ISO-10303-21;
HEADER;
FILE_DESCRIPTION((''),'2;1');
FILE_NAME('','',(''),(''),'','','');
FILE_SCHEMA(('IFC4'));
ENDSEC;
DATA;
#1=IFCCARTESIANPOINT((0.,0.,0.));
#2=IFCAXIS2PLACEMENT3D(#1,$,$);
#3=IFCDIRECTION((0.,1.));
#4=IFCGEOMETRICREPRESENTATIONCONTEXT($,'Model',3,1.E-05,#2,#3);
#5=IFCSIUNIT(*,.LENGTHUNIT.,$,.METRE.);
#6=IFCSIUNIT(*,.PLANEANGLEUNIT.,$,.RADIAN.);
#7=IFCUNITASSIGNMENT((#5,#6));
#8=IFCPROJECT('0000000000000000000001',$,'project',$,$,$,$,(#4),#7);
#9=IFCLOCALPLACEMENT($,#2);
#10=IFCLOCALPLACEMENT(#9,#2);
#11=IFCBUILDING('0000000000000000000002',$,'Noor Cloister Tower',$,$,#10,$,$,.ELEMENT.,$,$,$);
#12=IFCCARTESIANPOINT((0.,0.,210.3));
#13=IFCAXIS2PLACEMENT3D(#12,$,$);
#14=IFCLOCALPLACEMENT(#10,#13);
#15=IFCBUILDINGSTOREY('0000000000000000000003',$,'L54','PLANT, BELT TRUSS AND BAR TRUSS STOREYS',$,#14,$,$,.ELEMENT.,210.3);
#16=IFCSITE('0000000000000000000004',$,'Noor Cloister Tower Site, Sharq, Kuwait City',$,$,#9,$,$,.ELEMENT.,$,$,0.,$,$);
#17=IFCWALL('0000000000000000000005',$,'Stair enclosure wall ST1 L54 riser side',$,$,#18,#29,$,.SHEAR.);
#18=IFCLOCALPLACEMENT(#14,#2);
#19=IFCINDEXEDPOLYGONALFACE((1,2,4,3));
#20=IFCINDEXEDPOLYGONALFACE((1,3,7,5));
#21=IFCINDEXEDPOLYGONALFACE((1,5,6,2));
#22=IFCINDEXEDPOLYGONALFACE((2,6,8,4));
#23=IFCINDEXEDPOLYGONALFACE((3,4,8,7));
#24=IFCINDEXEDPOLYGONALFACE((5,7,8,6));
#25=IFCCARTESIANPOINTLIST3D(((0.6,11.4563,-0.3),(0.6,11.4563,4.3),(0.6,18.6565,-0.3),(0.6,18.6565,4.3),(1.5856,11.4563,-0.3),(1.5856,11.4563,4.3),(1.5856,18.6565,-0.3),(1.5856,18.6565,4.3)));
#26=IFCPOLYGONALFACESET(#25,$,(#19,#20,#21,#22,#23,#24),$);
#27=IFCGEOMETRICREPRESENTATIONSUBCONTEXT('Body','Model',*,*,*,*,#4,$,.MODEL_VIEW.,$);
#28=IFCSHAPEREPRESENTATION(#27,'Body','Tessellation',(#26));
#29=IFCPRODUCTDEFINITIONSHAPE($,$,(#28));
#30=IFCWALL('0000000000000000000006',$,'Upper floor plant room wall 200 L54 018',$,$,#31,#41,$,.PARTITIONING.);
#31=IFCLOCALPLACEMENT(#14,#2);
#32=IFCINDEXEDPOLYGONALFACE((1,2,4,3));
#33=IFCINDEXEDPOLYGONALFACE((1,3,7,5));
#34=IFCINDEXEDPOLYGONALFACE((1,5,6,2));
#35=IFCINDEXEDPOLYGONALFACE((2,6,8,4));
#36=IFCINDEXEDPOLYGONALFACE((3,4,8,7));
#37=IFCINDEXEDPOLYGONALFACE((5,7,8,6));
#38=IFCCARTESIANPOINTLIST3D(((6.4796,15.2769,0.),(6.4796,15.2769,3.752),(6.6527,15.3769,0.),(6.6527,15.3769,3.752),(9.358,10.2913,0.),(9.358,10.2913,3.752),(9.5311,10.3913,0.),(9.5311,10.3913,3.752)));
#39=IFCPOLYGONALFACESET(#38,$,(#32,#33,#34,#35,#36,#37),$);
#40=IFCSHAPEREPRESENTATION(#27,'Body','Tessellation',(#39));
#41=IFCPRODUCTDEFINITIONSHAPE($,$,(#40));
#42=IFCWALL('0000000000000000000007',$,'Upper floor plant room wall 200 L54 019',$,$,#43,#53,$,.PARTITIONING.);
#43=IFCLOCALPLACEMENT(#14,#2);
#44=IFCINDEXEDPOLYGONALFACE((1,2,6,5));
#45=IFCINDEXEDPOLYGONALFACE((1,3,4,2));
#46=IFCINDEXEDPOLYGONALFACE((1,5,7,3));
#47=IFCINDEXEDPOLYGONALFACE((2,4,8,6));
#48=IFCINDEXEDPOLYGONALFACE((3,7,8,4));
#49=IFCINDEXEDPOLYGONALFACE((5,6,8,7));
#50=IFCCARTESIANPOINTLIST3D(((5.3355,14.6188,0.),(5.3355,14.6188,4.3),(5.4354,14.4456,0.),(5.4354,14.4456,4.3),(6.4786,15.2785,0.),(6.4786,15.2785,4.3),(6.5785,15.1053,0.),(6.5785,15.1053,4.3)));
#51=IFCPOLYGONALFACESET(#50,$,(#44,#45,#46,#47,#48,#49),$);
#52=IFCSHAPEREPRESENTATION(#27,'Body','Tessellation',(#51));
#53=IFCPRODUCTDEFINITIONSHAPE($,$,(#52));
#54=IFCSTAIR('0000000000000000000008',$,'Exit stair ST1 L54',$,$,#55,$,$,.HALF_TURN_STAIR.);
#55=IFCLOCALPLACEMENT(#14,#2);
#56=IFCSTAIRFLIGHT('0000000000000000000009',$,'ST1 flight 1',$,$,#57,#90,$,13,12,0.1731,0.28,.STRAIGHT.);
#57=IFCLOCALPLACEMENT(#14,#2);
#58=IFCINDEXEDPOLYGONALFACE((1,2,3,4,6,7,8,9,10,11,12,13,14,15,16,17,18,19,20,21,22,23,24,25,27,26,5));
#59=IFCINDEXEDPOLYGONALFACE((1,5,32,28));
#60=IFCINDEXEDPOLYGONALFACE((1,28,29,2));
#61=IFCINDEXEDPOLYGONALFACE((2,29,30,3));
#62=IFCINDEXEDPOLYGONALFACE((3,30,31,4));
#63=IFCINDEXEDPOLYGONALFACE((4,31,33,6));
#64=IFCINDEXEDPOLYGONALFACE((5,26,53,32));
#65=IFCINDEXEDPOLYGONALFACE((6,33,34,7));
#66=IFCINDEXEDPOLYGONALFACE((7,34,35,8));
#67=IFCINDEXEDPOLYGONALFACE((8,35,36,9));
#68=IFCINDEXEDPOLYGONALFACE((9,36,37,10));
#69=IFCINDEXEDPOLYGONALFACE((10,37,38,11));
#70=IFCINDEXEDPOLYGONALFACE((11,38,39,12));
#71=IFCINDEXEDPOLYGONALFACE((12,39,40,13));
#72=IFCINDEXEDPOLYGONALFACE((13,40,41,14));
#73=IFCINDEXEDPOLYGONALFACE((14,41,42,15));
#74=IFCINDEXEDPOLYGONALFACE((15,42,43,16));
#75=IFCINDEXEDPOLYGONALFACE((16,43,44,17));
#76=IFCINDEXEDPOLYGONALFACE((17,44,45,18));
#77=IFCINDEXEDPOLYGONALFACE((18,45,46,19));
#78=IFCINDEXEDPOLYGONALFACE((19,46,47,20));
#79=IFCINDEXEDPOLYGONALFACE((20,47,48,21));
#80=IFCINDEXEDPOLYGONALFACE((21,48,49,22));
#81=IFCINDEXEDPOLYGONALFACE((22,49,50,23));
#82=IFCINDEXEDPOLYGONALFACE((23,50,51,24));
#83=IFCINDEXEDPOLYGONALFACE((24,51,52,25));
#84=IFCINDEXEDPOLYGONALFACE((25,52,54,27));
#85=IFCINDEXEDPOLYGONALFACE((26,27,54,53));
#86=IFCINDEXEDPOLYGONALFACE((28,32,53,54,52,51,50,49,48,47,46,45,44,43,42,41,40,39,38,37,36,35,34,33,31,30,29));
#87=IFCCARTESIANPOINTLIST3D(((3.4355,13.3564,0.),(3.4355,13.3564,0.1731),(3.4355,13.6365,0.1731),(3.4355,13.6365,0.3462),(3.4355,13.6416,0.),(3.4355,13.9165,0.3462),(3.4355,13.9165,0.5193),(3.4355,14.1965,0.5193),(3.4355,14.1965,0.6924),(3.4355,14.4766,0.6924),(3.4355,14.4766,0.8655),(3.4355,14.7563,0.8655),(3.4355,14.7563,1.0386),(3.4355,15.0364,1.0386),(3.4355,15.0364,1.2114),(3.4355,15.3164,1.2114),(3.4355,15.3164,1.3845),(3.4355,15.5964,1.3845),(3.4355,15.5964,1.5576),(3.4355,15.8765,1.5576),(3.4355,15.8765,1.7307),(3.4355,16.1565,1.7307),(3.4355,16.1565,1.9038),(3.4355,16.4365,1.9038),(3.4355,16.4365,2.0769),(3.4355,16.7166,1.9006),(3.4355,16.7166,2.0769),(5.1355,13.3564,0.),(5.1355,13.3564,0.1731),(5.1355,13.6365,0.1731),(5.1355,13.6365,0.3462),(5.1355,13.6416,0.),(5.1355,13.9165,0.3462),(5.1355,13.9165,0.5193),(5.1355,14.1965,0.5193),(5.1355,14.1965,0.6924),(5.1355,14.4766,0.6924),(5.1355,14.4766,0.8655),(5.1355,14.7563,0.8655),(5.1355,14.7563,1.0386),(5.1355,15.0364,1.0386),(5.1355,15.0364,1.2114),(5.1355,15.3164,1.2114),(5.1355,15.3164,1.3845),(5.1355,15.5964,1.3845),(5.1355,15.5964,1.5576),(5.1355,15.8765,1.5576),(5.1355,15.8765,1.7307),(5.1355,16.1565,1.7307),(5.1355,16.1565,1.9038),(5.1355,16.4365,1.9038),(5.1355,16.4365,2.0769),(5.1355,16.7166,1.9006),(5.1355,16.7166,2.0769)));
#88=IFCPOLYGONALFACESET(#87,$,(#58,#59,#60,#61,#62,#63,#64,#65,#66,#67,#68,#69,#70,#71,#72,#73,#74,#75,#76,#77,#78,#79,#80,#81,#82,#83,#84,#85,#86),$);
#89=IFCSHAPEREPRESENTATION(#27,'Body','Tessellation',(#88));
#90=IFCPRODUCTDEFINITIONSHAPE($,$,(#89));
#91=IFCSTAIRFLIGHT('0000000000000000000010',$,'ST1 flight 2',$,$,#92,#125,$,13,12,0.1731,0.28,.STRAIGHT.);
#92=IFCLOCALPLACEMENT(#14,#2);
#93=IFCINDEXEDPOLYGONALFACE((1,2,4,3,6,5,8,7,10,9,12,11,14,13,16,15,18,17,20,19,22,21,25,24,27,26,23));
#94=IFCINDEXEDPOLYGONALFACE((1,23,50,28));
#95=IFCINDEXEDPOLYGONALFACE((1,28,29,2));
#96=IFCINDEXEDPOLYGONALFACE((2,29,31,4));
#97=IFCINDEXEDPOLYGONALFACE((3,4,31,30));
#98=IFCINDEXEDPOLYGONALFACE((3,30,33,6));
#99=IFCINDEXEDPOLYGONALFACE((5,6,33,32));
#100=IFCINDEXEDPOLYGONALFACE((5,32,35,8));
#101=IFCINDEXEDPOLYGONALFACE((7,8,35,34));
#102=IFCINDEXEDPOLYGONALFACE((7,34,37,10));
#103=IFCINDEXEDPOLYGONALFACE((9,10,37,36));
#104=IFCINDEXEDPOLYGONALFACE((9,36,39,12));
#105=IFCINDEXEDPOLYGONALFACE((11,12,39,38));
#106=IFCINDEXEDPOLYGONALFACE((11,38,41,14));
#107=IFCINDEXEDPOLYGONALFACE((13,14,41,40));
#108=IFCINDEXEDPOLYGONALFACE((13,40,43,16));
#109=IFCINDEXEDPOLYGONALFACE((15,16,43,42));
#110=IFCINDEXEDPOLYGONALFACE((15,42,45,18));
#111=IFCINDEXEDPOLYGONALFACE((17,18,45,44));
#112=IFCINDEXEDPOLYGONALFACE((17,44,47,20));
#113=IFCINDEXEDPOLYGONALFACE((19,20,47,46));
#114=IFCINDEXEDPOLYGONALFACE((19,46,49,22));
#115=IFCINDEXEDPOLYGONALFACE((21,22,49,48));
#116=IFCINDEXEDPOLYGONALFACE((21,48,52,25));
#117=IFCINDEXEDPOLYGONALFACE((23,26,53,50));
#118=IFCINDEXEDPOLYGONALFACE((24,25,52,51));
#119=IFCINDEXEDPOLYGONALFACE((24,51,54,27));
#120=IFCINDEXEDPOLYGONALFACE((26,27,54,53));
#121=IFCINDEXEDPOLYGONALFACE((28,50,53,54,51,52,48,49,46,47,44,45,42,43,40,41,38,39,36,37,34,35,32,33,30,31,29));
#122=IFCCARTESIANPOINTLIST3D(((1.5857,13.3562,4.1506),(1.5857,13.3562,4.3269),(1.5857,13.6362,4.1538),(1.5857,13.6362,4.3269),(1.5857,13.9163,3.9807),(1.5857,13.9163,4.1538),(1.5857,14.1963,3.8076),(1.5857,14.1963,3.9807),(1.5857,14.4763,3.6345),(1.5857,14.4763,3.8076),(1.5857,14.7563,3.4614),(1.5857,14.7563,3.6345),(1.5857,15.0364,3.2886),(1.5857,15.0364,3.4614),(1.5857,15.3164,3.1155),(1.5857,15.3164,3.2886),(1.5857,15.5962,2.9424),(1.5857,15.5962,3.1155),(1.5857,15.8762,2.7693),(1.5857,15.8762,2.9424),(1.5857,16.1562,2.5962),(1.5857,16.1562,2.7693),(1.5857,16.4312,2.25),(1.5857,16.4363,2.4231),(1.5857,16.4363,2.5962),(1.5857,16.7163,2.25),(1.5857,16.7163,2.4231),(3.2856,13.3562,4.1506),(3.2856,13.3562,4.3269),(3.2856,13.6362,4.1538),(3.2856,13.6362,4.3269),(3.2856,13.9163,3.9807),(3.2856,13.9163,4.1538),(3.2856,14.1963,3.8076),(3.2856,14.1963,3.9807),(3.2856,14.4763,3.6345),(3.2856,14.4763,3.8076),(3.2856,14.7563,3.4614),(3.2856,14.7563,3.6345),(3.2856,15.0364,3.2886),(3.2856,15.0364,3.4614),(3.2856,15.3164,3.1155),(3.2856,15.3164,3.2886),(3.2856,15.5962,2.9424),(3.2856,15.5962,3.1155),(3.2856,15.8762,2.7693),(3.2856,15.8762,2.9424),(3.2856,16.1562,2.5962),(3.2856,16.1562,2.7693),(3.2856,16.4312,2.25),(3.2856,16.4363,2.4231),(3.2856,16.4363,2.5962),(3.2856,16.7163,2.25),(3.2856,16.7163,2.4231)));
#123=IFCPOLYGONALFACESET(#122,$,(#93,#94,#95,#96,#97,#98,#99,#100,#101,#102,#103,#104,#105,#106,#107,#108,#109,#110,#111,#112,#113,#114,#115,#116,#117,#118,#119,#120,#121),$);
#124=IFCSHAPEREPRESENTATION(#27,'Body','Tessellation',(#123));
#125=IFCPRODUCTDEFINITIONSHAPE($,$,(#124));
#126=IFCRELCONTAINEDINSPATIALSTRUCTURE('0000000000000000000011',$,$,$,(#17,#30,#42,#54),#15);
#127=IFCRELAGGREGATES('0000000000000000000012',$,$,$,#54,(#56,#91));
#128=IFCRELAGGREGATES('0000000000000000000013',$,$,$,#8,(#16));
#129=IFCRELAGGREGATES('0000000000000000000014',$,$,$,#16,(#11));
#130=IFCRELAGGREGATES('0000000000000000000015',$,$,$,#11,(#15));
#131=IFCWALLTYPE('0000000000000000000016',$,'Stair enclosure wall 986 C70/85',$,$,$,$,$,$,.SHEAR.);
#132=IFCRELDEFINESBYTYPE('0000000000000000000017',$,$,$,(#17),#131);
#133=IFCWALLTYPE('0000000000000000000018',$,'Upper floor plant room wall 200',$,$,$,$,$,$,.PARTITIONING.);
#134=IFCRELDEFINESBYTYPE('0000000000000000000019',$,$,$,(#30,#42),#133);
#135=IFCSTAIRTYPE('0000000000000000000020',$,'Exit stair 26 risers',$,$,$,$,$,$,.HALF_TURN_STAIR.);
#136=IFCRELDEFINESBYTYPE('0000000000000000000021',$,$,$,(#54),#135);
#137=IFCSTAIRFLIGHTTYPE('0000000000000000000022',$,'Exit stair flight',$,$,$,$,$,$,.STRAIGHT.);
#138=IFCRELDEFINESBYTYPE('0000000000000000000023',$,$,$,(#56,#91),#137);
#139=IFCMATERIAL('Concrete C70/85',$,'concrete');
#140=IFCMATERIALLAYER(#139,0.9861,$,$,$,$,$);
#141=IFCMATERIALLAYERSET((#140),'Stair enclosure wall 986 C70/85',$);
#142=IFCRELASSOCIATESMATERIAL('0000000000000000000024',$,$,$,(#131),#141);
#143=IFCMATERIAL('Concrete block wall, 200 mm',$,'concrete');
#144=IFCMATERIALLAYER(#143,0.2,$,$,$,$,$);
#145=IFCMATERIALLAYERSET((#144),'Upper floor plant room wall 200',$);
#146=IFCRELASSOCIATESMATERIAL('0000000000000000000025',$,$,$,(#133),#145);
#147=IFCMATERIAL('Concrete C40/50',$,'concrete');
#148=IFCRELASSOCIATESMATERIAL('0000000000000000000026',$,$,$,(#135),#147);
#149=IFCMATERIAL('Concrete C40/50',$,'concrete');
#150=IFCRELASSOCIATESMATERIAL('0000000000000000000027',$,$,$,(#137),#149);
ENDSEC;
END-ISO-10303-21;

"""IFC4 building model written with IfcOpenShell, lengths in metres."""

from ifc_helpers import new_model, si_unit, direction, frame, frame_2d, origin, place, context, subcontext, project, spatial, polyline, rectangle, outline, extrude, material, layer, layer_set, type_object, element, aggregate, save


model = new_model("IFC4")

# Units and contexts
model_context = context("Model", 3, precision=1e-05, world=origin(), true_north=direction((0.0, 1.0)))
body_context = subcontext(model_context, "Body", "Model", "MODEL_VIEW")
ifc_project = project(units=[si_unit("LENGTHUNIT", "METRE"), si_unit("PLANEANGLEUNIT", "RADIAN")], contexts=[model_context])

# Site, building, storey
site_placement = place(None, origin())
site = spatial("IfcSite", under=ifc_project, at=site_placement, Name="Noor Cloister Tower Site, Sharq, Kuwait City", CompositionType="ELEMENT", RefElevation=0.0)
building_placement = place(site_placement, origin())
building = spatial("IfcBuilding", under=site, at=building_placement, Name="Noor Cloister Tower", CompositionType="ELEMENT")
storey_placement = place(building_placement, frame((0.0, 0.0, 210.3)))
storey = spatial("IfcBuildingStorey", under=building, at=storey_placement, Name="L54", Description="PLANT, BELT TRUSS AND BAR TRUSS STOREYS", CompositionType="ELEMENT", Elevation=210.3)

# Walls
ifc_material_1 = material(Name="Concrete C70/85", Category="concrete")
ifc_layer_1 = layer(ifc_material_1, 0.9861)
ifc_layer_set_1 = layer_set([ifc_layer_1], Name="Stair enclosure wall 986 C70/85")
wall_type_1 = type_object("IfcWallType", Name="Stair enclosure wall 986 C70/85", PredefinedType="SHEAR", material=ifc_layer_set_1)
wall_1_placement = place(storey_placement, frame((1.0928, 11.4563, -0.3), z_axis=(0.0, 0.0, 1.0), x_axis=(0.0, 1.0, 0.0)))
element("IfcWall", 1, at=wall_1_placement, inside=storey, type_object=wall_type_1, Name="Stair enclosure wall ST1 L54 riser side", PredefinedType="SHEAR", context=body_context, shape_type="SweptSolid", body=[
    extrude(rectangle(XDim=7.2002, YDim=0.9856, at=frame_2d((3.6001, 0.0))), origin(), (0.0, 0.0, 1.0), 4.6001),
])
ifc_material_2 = material(Name="Concrete block wall, 200 mm", Category="concrete")
ifc_layer_2 = layer(ifc_material_2, 0.2)
ifc_layer_set_2 = layer_set([ifc_layer_2], Name="Upper floor plant room wall 200")
wall_type_2 = type_object("IfcWallType", Name="Upper floor plant room wall 200", PredefinedType="PARTITIONING", material=ifc_layer_set_2)
wall_2_placement = place(storey_placement, frame((6.5662, 15.3269, 0.0), z_axis=(0.0, 0.0, 1.0), x_axis=(0.499998, -0.866027, 0.0)))
element("IfcWall", 2, at=wall_2_placement, inside=storey, type_object=wall_type_2, Name="Upper floor plant room wall 200 L54 018", PredefinedType="PARTITIONING", context=body_context, shape_type="SweptSolid", body=[
    extrude(rectangle(XDim=5.7568, YDim=0.2, at=frame_2d((2.8784, 0.0))), origin(), (0.0, 0.0, 1.0), 3.752),
])
wall_3_placement = place(storey_placement, frame((6.5286, 15.1919, 0.0), z_axis=(0.0, 0.0, 1.0), x_axis=(-0.866118, -0.49984, 0.0)))
element("IfcWall", 3, at=wall_3_placement, inside=storey, type_object=wall_type_2, Name="Upper floor plant room wall 200 L54 019", PredefinedType="PARTITIONING", context=body_context, shape_type="SweptSolid", body=[
    extrude(rectangle(XDim=1.3198, YDim=0.2, at=frame_2d((0.6599, 0.0))), origin(), (0.0, 0.0, 1.0), 4.3),
])

# Stair, stair flights
ifc_material_3 = material(Name="Concrete C40/50", Category="concrete")
stair_type = type_object("IfcStairType", Name="Exit stair 26 risers", PredefinedType="HALF_TURN_STAIR", material=ifc_material_3)
stair_placement = place(storey_placement, origin())
stair = element("IfcStair", 4, at=stair_placement, inside=storey, type_object=stair_type, Name="Exit stair ST1 L54", PredefinedType="HALF_TURN_STAIR")
ifc_material_4 = material(Name="Concrete C40/50", Category="concrete")
stair_flight_type = type_object("IfcStairFlightType", Name="Exit stair flight", PredefinedType="STRAIGHT", material=ifc_material_4)
stair_flight_1_placement = place(storey_placement, frame((4.2856, 13.3564, 0.0), z_axis=(0.0, 0.0, 1.0), x_axis=(0.0, 1.0, 0.0)))
stair_flight_1 = element("IfcStairFlight", 5, at=stair_flight_1_placement, type_object=stair_flight_type, Name="ST1 flight 1", NumberOfRisers=13, NumberOfTreads=12, PredefinedType="STRAIGHT", RiserHeight=0.1731, TreadLength=0.28, context=body_context, shape_type="SweptSolid", body=[
    extrude(outline(polyline([(0.0, 0.0), (0.0, 0.1731), (0.28, 0.1731), (0.28, 0.3462), (0.5601, 0.3462), (0.5601, 0.5193), (0.8401, 0.5193), (0.8401, 0.6924), (1.1201, 0.6924), (1.1201, 0.8655), (1.3999, 0.8655), (1.3999, 1.0386), (1.6799, 1.0386), (1.6799, 1.2114), (1.96, 1.2114), (1.96, 1.3845), (2.24, 1.3845), (2.24, 1.5576), (2.52, 1.5576), (2.52, 1.7307), (2.8, 1.7307), (2.8, 1.9038), (3.0801, 1.9038), (3.0801, 2.0769), (3.3601, 2.0769), (3.3601, 2.25), (3.3601, 1.9006), (0.2852, 0.0), (0.0, 0.0)])), frame((0.0, 0.8501, 0.0), z_axis=(0.0, -1.0, 0.0), x_axis=(1.0, 0.0, 0.0)), (0.0, 0.0, 1.0), 1.7),
])
stair_flight_2_placement = place(storey_placement, frame((2.4355, 16.7163, 2.25), z_axis=(0.0, 0.0, 1.0), x_axis=(0.0, -1.0, 0.0)))
stair_flight_2 = element("IfcStairFlight", 6, at=stair_flight_2_placement, type_object=stair_flight_type, Name="ST1 flight 2", NumberOfRisers=13, NumberOfTreads=12, PredefinedType="STRAIGHT", RiserHeight=0.1731, TreadLength=0.28, context=body_context, shape_type="SweptSolid", body=[
    extrude(outline(polyline([(0.0, 0.0), (0.0, 0.1731), (0.28, 0.1731), (0.28, 0.3462), (0.5601, 0.3462), (0.5601, 0.5193), (0.8401, 0.5193), (0.8401, 0.6924), (1.1201, 0.6924), (1.1201, 0.8655), (1.3999, 0.8655), (1.3999, 1.0386), (1.6799, 1.0386), (1.6799, 1.2114), (1.96, 1.2114), (1.96, 1.3845), (2.24, 1.3845), (2.24, 1.5576), (2.52, 1.5576), (2.52, 1.7307), (2.8, 1.7307), (2.8, 1.9038), (3.0801, 1.9038), (3.0801, 2.0769), (3.3601, 2.0769), (3.3601, 2.25), (3.3601, 1.9006), (0.2852, 0.0), (0.0, 0.0)])), frame((0.0, 0.8501, 0.0), z_axis=(0.0, -1.0, 0.0), x_axis=(1.0, 0.0, 0.0)), (0.0, 0.0, 1.0), 1.7),
])
aggregate(stair, [stair_flight_1, stair_flight_2])

save(model, "model.ifc")
